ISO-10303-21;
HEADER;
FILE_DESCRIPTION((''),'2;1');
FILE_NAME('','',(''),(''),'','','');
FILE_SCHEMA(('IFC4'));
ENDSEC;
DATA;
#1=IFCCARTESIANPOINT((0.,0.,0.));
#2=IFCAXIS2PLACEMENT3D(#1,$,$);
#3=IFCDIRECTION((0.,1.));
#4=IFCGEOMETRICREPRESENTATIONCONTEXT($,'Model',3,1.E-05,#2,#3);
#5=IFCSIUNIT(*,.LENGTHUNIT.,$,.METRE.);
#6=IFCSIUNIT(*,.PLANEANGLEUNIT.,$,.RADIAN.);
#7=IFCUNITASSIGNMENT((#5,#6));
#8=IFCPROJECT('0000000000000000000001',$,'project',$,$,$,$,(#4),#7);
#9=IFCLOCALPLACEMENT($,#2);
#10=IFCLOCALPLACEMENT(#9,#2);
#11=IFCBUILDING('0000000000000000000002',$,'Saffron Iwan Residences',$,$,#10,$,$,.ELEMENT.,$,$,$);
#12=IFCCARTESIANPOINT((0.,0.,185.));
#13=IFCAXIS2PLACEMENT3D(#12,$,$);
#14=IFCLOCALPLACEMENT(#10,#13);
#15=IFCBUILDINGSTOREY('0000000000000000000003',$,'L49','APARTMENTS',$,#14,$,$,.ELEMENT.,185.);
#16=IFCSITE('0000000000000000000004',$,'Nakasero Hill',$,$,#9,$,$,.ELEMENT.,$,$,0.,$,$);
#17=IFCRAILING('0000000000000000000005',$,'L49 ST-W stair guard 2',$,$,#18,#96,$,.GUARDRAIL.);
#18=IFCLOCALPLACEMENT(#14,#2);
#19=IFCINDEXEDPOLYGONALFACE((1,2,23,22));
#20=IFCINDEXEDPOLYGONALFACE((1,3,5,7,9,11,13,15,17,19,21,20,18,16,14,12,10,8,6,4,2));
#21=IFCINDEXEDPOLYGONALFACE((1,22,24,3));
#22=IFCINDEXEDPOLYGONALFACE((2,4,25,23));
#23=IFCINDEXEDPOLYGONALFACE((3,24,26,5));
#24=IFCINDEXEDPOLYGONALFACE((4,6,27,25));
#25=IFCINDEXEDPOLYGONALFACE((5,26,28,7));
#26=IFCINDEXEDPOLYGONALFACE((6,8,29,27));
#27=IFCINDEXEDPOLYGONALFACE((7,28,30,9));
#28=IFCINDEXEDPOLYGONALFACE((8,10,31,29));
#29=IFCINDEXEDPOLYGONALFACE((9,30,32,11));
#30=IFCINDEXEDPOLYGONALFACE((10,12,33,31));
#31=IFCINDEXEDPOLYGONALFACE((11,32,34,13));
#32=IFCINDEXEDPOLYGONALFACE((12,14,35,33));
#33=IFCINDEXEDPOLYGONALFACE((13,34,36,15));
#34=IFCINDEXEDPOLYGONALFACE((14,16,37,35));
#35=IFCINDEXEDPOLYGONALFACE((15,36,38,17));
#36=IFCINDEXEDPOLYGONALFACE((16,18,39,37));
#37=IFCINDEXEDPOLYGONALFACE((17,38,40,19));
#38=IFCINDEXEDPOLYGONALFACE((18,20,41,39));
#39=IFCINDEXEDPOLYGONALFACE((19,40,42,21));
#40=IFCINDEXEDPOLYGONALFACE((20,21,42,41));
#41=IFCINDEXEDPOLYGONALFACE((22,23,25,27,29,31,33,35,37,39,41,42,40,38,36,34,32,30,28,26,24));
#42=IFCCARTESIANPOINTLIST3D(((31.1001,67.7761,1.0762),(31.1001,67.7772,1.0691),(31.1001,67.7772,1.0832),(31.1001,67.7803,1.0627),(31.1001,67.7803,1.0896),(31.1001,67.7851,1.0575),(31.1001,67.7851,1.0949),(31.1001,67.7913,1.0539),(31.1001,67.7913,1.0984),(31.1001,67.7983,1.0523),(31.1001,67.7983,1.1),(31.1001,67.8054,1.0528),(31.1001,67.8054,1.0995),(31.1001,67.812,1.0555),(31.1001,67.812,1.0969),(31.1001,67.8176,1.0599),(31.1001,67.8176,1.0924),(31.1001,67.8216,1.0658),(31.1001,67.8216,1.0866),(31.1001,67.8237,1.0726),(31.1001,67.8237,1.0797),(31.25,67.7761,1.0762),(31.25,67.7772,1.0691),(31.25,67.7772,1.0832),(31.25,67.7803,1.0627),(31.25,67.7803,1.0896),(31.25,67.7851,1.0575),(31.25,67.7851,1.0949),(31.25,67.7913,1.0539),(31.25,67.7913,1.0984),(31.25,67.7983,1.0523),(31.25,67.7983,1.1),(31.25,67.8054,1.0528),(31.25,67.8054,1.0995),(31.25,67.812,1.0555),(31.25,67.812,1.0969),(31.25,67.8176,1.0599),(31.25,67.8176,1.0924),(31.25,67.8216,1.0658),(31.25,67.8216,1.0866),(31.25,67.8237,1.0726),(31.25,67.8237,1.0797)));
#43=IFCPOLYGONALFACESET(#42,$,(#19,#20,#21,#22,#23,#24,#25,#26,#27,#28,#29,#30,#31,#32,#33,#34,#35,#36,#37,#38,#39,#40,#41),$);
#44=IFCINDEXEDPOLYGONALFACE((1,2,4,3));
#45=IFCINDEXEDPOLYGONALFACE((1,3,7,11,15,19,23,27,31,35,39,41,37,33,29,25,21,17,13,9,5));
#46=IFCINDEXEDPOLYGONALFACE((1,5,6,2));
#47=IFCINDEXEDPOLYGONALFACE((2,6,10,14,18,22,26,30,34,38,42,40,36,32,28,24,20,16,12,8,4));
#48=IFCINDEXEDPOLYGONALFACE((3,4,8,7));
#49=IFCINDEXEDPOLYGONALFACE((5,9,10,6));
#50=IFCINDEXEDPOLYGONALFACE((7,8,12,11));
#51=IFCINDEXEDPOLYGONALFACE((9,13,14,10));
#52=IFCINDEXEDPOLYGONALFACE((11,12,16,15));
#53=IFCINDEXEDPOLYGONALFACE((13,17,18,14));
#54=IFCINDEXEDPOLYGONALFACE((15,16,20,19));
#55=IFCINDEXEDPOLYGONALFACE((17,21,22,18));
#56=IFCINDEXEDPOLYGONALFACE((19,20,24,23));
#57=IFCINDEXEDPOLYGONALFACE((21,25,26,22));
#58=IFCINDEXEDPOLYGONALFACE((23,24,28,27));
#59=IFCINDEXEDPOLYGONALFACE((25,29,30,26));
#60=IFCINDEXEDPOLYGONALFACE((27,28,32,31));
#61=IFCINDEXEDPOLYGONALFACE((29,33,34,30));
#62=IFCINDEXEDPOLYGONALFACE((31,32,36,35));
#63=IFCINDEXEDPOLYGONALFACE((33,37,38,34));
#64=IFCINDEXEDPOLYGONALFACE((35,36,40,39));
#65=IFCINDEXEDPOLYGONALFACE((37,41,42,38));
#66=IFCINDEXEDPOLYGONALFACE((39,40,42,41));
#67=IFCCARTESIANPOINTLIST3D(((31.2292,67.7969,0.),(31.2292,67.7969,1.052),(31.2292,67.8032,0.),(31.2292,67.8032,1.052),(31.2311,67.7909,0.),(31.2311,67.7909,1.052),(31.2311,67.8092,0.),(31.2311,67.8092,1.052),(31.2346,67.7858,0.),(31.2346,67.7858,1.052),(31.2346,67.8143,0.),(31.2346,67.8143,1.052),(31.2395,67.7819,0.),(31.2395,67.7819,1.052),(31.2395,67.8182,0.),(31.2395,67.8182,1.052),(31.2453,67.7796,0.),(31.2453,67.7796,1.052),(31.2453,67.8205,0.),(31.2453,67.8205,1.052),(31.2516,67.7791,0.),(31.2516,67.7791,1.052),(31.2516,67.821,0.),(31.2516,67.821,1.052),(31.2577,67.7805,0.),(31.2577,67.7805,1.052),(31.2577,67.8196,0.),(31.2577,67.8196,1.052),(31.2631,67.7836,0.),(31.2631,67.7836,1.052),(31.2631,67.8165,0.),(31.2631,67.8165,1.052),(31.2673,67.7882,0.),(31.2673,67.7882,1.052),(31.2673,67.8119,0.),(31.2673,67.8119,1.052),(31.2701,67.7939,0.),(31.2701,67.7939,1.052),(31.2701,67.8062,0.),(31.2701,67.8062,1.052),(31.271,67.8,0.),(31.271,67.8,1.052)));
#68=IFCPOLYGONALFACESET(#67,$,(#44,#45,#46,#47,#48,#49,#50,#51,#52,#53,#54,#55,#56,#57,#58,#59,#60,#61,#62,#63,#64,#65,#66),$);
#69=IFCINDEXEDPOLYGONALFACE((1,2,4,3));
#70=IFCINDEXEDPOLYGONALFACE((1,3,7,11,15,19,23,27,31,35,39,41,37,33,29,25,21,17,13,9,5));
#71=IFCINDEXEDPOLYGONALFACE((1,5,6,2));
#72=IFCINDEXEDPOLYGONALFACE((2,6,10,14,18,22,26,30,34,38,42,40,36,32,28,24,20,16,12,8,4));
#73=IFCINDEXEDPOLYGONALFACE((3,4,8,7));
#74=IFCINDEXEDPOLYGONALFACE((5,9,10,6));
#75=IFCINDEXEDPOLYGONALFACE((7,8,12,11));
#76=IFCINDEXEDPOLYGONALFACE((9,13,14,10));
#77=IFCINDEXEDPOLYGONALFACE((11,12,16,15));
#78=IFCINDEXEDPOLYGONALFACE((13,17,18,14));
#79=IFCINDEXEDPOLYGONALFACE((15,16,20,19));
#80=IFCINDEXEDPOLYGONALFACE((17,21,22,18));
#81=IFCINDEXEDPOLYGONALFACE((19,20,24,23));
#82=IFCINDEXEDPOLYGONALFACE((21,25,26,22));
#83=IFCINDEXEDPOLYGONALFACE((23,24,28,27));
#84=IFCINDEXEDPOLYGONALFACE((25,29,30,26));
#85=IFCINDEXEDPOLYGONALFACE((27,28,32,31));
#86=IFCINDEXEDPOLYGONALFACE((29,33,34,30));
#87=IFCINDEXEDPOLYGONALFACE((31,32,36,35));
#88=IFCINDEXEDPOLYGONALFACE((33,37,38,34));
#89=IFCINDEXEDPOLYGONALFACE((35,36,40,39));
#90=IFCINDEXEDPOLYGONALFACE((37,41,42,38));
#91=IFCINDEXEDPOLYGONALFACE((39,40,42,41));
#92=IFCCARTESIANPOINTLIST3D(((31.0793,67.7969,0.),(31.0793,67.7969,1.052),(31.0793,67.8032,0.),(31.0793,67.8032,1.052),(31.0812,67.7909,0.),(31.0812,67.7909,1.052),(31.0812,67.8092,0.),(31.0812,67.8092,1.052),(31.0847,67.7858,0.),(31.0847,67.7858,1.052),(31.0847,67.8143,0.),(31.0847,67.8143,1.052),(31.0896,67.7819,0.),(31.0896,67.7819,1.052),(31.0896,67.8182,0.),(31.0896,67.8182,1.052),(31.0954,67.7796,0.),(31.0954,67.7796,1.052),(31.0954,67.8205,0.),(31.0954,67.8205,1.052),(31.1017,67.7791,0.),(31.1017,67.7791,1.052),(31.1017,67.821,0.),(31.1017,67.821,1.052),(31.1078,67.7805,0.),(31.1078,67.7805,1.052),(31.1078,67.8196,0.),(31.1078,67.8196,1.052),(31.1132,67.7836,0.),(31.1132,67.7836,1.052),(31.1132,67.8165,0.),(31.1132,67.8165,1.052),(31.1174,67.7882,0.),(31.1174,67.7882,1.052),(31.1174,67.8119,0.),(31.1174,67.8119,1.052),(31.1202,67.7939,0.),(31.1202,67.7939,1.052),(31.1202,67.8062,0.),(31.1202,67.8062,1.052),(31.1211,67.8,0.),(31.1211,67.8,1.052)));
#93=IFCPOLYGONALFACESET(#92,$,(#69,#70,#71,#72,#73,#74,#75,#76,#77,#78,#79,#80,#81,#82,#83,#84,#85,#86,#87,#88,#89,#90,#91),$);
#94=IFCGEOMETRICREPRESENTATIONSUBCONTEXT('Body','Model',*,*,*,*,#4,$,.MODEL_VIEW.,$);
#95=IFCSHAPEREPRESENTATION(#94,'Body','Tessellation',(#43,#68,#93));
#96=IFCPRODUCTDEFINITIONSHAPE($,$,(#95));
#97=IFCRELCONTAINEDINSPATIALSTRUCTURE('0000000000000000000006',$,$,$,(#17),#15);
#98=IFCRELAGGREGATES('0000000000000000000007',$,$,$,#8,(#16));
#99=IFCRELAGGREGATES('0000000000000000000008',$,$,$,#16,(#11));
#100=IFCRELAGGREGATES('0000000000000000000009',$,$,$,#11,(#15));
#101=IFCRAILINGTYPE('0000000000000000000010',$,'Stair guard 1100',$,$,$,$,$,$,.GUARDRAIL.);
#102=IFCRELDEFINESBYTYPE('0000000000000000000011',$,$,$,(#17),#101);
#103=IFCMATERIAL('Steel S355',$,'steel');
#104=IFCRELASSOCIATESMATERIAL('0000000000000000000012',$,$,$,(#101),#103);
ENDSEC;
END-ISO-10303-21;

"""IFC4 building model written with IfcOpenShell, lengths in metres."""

from ifc_helpers import new_model, si_unit, direction, frame, origin, origin_2d, place, context, subcontext, project, spatial, circle, extrude, material, type_object, element, save


model = new_model("IFC4")

# Units and contexts
model_context = context("Model", 3, precision=1e-05, world=origin(), true_north=direction((0.0, 1.0)))
body_context = subcontext(model_context, "Body", "Model", "MODEL_VIEW")
ifc_project = project(units=[si_unit("LENGTHUNIT", "METRE"), si_unit("PLANEANGLEUNIT", "RADIAN")], contexts=[model_context])

# Site, building, storey
site_placement = place(None, origin())
site = spatial("IfcSite", under=ifc_project, at=site_placement, Name="Nakasero Hill", CompositionType="ELEMENT", RefElevation=0.0)
building_placement = place(site_placement, origin())
building = spatial("IfcBuilding", under=site, at=building_placement, Name="Saffron Iwan Residences", CompositionType="ELEMENT")
storey_placement = place(building_placement, frame((0.0, 0.0, 185.0)))
storey = spatial("IfcBuildingStorey", under=building, at=storey_placement, Name="L49", Description="APARTMENTS", CompositionType="ELEMENT", Elevation=185.0)

# Railing
ifc_material_1 = material(Name="Steel S355", Category="steel")
railing_type_1 = type_object("IfcRailingType", Name="Stair guard 1100", PredefinedType="GUARDRAIL", material=ifc_material_1)
railing_1_placement = place(storey_placement, frame((31.25, 67.8, 0.0)))
element("IfcRailing", 1, at=railing_1_placement, inside=storey, type_object=railing_type_1, Name="L49 ST-W stair guard 2", PredefinedType="GUARDRAIL", context=body_context, shape_type="SweptSolid", body=[
    extrude(circle(Radius=0.0239, at=origin_2d()), frame((0.0, 0.0, 1.0762), z_axis=(-1.0, 0.0, 0.0), x_axis=(0.0, -1.0, 0.0)), (0.0, 0.0, 1.0), 0.1499),
    extrude(circle(Radius=0.021, at=origin_2d()), origin(), (0.0, 0.0, 1.0), 1.052),
    extrude(circle(Radius=0.021, at=origin_2d()), frame((-0.1499, 0.0, 0.0)), (0.0, 0.0, 1.0), 1.052),
])

save(model, "model.ifc")
